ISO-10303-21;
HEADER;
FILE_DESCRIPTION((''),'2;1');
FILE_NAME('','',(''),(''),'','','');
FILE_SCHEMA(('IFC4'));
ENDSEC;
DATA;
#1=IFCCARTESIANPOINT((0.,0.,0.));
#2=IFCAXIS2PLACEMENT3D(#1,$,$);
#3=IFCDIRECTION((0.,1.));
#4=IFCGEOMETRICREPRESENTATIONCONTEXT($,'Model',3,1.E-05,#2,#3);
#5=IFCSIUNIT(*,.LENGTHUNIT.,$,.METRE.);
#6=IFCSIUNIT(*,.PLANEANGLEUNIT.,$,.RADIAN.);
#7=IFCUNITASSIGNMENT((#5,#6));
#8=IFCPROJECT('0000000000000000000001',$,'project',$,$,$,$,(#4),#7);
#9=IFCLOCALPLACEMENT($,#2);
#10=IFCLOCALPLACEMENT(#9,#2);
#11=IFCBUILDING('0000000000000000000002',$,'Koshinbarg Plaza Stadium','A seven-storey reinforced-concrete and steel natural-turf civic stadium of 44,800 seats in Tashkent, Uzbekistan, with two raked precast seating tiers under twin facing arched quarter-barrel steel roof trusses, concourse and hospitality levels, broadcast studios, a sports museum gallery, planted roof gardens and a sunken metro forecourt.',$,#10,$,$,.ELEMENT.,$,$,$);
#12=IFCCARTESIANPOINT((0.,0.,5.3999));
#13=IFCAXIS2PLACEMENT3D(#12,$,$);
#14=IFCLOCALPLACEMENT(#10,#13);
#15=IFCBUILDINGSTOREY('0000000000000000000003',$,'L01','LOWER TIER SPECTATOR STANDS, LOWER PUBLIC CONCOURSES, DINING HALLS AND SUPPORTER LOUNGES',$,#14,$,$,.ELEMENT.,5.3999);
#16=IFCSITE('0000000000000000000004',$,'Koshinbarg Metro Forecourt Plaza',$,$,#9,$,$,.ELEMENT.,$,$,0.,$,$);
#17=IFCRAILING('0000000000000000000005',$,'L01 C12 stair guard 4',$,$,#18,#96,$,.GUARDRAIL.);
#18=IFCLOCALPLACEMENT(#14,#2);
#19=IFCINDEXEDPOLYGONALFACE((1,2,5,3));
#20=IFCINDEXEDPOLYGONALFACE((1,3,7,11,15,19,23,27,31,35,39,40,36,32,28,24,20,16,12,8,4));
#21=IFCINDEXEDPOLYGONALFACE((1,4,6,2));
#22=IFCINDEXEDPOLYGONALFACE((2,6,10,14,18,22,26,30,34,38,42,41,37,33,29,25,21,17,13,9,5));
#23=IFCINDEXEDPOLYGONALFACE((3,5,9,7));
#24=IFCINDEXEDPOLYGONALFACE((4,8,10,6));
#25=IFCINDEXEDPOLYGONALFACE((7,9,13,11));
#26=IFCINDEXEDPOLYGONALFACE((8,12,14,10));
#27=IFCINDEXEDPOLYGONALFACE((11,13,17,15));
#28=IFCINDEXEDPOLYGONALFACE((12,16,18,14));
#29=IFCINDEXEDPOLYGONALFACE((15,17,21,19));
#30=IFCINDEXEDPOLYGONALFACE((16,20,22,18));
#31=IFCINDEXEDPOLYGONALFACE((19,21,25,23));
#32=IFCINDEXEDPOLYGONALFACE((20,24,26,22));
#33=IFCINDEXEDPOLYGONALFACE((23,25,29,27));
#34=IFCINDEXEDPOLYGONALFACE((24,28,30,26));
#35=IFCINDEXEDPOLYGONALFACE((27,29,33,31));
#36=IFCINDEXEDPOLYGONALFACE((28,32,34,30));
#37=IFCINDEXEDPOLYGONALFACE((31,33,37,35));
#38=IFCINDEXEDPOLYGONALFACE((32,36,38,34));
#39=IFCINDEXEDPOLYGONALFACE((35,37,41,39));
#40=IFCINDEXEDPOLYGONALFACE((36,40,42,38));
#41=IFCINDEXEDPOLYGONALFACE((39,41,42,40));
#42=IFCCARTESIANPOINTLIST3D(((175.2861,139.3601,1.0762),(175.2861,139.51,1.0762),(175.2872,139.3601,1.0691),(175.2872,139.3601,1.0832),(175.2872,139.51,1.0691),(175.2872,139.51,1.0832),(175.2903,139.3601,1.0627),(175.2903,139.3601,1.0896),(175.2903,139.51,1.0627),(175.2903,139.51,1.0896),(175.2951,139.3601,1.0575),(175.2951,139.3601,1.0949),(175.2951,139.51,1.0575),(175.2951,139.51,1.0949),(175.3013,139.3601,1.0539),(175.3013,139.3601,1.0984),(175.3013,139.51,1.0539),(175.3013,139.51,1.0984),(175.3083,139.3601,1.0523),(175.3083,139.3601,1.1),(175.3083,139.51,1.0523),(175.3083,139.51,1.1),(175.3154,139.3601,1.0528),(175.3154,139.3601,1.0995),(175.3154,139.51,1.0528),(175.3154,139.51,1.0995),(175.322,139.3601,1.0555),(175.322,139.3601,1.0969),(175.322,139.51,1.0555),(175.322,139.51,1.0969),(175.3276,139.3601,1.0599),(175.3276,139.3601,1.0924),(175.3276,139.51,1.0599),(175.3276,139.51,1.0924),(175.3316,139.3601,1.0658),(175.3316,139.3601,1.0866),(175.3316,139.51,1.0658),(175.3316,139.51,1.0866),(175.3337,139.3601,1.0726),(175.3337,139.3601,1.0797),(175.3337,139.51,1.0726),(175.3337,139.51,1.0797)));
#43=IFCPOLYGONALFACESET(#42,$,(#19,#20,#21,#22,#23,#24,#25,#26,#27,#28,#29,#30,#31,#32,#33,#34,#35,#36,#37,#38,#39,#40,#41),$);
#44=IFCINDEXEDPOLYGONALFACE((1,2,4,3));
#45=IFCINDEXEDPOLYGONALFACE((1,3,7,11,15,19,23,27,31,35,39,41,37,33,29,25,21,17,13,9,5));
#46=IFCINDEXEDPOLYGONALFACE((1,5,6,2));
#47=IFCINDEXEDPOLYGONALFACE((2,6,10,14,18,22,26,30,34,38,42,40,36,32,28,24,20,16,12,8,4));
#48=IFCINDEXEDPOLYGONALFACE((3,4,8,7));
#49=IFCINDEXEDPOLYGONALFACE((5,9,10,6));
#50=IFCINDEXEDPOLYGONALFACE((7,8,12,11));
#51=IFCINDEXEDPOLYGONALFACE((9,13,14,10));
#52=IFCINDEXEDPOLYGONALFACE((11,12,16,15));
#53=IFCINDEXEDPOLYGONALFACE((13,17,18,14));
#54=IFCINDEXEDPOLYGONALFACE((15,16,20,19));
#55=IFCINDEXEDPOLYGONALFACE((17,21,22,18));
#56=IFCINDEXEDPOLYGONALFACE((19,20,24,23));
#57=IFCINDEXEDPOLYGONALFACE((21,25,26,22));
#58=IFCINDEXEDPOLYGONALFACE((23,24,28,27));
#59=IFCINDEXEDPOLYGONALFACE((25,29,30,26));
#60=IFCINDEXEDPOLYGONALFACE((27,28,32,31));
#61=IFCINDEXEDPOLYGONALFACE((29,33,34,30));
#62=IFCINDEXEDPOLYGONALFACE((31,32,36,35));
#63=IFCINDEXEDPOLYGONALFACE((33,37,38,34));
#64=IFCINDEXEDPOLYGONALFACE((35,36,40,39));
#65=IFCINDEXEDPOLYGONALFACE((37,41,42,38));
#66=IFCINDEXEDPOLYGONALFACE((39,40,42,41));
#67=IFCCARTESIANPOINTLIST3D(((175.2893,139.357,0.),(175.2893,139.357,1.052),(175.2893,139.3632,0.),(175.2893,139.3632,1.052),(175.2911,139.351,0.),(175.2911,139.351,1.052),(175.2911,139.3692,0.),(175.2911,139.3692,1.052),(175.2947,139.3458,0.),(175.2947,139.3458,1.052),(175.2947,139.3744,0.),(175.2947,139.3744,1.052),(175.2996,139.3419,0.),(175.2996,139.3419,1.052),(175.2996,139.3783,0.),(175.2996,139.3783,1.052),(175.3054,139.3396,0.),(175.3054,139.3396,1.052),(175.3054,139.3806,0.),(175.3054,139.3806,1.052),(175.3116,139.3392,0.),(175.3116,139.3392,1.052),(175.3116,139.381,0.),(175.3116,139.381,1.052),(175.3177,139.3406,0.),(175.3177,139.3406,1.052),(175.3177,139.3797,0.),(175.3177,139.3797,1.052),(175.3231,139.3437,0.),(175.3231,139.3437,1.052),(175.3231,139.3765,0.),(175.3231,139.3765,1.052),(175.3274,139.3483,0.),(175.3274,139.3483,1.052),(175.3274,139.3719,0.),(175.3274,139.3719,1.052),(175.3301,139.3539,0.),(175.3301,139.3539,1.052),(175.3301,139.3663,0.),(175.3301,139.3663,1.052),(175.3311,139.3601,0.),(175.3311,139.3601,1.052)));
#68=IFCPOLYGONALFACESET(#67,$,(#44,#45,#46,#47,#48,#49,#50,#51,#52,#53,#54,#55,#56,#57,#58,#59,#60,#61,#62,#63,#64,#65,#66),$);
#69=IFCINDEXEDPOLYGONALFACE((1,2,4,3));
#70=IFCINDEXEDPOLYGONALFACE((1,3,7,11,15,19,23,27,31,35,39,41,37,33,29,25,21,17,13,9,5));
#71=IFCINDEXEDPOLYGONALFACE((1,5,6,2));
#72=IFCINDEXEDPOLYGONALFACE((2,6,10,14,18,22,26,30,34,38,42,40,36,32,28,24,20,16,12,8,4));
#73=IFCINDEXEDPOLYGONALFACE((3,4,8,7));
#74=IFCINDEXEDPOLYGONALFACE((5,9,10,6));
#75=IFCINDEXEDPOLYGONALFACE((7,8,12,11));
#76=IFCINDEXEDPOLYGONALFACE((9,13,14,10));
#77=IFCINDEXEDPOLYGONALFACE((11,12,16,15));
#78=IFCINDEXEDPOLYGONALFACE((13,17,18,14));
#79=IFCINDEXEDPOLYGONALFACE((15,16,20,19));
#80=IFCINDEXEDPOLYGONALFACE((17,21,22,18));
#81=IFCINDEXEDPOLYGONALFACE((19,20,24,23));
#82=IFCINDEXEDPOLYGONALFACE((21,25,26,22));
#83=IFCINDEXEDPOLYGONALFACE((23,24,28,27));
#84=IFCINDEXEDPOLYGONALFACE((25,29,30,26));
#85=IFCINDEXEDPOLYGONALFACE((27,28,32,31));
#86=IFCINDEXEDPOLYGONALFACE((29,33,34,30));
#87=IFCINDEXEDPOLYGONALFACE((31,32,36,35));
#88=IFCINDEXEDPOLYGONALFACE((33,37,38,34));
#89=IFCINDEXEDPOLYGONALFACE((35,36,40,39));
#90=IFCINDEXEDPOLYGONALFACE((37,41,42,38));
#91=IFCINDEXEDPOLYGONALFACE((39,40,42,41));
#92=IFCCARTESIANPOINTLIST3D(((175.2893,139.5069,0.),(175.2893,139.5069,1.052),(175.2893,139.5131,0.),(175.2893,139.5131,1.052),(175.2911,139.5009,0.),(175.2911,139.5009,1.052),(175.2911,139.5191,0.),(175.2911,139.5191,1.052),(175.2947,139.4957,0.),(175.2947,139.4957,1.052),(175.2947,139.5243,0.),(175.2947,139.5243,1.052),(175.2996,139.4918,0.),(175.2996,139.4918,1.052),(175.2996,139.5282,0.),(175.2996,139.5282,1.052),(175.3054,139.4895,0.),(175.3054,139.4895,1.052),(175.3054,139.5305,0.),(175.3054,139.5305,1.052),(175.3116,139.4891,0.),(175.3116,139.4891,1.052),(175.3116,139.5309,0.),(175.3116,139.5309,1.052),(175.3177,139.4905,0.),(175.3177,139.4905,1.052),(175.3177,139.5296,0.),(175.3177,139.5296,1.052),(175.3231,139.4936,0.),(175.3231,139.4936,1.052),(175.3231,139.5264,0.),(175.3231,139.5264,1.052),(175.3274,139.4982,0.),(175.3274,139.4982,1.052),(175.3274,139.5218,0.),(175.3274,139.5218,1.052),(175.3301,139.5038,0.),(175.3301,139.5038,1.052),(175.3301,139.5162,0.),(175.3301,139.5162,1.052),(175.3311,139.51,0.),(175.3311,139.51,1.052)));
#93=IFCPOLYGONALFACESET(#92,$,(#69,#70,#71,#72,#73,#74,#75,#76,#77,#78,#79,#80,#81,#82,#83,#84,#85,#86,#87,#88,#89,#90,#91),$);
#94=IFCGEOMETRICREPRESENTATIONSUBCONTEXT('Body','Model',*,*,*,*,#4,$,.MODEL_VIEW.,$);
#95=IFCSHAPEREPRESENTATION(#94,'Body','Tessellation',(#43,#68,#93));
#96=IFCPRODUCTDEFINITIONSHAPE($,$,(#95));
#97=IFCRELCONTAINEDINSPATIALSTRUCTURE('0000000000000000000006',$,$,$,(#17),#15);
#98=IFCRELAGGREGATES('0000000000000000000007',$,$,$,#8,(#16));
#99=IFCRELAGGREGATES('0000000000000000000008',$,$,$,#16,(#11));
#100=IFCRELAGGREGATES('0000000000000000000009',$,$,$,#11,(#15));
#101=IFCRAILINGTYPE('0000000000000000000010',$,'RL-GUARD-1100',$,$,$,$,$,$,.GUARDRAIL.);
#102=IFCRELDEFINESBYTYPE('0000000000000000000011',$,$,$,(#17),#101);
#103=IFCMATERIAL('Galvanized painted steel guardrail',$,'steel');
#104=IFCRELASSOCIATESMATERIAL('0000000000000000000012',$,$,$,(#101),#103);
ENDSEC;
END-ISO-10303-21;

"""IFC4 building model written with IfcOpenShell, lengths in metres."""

from ifc_helpers import new_model, si_unit, direction, frame, origin, origin_2d, place, context, subcontext, project, spatial, circle, extrude, material, type_object, element, save


model = new_model("IFC4")

# Units and contexts
model_context = context("Model", 3, precision=1e-05, world=origin(), true_north=direction((0.0, 1.0)))
body_context = subcontext(model_context, "Body", "Model", "MODEL_VIEW")
ifc_project = project(units=[si_unit("LENGTHUNIT", "METRE"), si_unit("PLANEANGLEUNIT", "RADIAN")], contexts=[model_context])

# Site, building, storey
site_placement = place(None, origin())
site = spatial("IfcSite", under=ifc_project, at=site_placement, Name="Koshinbarg Metro Forecourt Plaza", CompositionType="ELEMENT", RefElevation=0.0)
building_placement = place(site_placement, origin())
building = spatial("IfcBuilding", under=site, at=building_placement, Name="Koshinbarg Plaza Stadium", Description="A seven-storey reinforced-concrete and steel natural-turf civic stadium of 44,800 seats in Tashkent, Uzbekistan, with two raked precast seating tiers under twin facing arched quarter-barrel steel roof trusses, concourse and hospitality levels, broadcast studios, a sports museum gallery, planted roof gardens and a sunken metro forecourt.", CompositionType="ELEMENT")
storey_placement = place(building_placement, frame((0.0, 0.0, 5.3999)))
storey = spatial("IfcBuildingStorey", under=building, at=storey_placement, Name="L01", Description="LOWER TIER SPECTATOR STANDS, LOWER PUBLIC CONCOURSES, DINING HALLS AND SUPPORTER LOUNGES", CompositionType="ELEMENT", Elevation=5.3999)

# Railing
ifc_material_1 = material(Name="Galvanized painted steel guardrail", Category="steel")
railing_type_1 = type_object("IfcRailingType", Name="RL-GUARD-1100", PredefinedType="GUARDRAIL", material=ifc_material_1)
railing_1_placement = place(storey_placement, frame((175.3101, 139.3601, 0.0)))
element("IfcRailing", 1, at=railing_1_placement, inside=storey, type_object=railing_type_1, Name="L01 C12 stair guard 4", PredefinedType="GUARDRAIL", context=body_context, shape_type="SweptSolid", body=[
    extrude(circle(Radius=0.0239, at=origin_2d()), frame((0.0, 0.0, 1.0762), z_axis=(0.0, 1.0, 0.0), x_axis=(-1.0, 0.0, 0.0)), (0.0, 0.0, 1.0), 0.1499),
    extrude(circle(Radius=0.021, at=origin_2d()), origin(), (0.0, 0.0, 1.0), 1.052),
    extrude(circle(Radius=0.021, at=origin_2d()), frame((0.0, 0.1499, 0.0)), (0.0, 0.0, 1.0), 1.052),
])

save(model, "model.ifc")
